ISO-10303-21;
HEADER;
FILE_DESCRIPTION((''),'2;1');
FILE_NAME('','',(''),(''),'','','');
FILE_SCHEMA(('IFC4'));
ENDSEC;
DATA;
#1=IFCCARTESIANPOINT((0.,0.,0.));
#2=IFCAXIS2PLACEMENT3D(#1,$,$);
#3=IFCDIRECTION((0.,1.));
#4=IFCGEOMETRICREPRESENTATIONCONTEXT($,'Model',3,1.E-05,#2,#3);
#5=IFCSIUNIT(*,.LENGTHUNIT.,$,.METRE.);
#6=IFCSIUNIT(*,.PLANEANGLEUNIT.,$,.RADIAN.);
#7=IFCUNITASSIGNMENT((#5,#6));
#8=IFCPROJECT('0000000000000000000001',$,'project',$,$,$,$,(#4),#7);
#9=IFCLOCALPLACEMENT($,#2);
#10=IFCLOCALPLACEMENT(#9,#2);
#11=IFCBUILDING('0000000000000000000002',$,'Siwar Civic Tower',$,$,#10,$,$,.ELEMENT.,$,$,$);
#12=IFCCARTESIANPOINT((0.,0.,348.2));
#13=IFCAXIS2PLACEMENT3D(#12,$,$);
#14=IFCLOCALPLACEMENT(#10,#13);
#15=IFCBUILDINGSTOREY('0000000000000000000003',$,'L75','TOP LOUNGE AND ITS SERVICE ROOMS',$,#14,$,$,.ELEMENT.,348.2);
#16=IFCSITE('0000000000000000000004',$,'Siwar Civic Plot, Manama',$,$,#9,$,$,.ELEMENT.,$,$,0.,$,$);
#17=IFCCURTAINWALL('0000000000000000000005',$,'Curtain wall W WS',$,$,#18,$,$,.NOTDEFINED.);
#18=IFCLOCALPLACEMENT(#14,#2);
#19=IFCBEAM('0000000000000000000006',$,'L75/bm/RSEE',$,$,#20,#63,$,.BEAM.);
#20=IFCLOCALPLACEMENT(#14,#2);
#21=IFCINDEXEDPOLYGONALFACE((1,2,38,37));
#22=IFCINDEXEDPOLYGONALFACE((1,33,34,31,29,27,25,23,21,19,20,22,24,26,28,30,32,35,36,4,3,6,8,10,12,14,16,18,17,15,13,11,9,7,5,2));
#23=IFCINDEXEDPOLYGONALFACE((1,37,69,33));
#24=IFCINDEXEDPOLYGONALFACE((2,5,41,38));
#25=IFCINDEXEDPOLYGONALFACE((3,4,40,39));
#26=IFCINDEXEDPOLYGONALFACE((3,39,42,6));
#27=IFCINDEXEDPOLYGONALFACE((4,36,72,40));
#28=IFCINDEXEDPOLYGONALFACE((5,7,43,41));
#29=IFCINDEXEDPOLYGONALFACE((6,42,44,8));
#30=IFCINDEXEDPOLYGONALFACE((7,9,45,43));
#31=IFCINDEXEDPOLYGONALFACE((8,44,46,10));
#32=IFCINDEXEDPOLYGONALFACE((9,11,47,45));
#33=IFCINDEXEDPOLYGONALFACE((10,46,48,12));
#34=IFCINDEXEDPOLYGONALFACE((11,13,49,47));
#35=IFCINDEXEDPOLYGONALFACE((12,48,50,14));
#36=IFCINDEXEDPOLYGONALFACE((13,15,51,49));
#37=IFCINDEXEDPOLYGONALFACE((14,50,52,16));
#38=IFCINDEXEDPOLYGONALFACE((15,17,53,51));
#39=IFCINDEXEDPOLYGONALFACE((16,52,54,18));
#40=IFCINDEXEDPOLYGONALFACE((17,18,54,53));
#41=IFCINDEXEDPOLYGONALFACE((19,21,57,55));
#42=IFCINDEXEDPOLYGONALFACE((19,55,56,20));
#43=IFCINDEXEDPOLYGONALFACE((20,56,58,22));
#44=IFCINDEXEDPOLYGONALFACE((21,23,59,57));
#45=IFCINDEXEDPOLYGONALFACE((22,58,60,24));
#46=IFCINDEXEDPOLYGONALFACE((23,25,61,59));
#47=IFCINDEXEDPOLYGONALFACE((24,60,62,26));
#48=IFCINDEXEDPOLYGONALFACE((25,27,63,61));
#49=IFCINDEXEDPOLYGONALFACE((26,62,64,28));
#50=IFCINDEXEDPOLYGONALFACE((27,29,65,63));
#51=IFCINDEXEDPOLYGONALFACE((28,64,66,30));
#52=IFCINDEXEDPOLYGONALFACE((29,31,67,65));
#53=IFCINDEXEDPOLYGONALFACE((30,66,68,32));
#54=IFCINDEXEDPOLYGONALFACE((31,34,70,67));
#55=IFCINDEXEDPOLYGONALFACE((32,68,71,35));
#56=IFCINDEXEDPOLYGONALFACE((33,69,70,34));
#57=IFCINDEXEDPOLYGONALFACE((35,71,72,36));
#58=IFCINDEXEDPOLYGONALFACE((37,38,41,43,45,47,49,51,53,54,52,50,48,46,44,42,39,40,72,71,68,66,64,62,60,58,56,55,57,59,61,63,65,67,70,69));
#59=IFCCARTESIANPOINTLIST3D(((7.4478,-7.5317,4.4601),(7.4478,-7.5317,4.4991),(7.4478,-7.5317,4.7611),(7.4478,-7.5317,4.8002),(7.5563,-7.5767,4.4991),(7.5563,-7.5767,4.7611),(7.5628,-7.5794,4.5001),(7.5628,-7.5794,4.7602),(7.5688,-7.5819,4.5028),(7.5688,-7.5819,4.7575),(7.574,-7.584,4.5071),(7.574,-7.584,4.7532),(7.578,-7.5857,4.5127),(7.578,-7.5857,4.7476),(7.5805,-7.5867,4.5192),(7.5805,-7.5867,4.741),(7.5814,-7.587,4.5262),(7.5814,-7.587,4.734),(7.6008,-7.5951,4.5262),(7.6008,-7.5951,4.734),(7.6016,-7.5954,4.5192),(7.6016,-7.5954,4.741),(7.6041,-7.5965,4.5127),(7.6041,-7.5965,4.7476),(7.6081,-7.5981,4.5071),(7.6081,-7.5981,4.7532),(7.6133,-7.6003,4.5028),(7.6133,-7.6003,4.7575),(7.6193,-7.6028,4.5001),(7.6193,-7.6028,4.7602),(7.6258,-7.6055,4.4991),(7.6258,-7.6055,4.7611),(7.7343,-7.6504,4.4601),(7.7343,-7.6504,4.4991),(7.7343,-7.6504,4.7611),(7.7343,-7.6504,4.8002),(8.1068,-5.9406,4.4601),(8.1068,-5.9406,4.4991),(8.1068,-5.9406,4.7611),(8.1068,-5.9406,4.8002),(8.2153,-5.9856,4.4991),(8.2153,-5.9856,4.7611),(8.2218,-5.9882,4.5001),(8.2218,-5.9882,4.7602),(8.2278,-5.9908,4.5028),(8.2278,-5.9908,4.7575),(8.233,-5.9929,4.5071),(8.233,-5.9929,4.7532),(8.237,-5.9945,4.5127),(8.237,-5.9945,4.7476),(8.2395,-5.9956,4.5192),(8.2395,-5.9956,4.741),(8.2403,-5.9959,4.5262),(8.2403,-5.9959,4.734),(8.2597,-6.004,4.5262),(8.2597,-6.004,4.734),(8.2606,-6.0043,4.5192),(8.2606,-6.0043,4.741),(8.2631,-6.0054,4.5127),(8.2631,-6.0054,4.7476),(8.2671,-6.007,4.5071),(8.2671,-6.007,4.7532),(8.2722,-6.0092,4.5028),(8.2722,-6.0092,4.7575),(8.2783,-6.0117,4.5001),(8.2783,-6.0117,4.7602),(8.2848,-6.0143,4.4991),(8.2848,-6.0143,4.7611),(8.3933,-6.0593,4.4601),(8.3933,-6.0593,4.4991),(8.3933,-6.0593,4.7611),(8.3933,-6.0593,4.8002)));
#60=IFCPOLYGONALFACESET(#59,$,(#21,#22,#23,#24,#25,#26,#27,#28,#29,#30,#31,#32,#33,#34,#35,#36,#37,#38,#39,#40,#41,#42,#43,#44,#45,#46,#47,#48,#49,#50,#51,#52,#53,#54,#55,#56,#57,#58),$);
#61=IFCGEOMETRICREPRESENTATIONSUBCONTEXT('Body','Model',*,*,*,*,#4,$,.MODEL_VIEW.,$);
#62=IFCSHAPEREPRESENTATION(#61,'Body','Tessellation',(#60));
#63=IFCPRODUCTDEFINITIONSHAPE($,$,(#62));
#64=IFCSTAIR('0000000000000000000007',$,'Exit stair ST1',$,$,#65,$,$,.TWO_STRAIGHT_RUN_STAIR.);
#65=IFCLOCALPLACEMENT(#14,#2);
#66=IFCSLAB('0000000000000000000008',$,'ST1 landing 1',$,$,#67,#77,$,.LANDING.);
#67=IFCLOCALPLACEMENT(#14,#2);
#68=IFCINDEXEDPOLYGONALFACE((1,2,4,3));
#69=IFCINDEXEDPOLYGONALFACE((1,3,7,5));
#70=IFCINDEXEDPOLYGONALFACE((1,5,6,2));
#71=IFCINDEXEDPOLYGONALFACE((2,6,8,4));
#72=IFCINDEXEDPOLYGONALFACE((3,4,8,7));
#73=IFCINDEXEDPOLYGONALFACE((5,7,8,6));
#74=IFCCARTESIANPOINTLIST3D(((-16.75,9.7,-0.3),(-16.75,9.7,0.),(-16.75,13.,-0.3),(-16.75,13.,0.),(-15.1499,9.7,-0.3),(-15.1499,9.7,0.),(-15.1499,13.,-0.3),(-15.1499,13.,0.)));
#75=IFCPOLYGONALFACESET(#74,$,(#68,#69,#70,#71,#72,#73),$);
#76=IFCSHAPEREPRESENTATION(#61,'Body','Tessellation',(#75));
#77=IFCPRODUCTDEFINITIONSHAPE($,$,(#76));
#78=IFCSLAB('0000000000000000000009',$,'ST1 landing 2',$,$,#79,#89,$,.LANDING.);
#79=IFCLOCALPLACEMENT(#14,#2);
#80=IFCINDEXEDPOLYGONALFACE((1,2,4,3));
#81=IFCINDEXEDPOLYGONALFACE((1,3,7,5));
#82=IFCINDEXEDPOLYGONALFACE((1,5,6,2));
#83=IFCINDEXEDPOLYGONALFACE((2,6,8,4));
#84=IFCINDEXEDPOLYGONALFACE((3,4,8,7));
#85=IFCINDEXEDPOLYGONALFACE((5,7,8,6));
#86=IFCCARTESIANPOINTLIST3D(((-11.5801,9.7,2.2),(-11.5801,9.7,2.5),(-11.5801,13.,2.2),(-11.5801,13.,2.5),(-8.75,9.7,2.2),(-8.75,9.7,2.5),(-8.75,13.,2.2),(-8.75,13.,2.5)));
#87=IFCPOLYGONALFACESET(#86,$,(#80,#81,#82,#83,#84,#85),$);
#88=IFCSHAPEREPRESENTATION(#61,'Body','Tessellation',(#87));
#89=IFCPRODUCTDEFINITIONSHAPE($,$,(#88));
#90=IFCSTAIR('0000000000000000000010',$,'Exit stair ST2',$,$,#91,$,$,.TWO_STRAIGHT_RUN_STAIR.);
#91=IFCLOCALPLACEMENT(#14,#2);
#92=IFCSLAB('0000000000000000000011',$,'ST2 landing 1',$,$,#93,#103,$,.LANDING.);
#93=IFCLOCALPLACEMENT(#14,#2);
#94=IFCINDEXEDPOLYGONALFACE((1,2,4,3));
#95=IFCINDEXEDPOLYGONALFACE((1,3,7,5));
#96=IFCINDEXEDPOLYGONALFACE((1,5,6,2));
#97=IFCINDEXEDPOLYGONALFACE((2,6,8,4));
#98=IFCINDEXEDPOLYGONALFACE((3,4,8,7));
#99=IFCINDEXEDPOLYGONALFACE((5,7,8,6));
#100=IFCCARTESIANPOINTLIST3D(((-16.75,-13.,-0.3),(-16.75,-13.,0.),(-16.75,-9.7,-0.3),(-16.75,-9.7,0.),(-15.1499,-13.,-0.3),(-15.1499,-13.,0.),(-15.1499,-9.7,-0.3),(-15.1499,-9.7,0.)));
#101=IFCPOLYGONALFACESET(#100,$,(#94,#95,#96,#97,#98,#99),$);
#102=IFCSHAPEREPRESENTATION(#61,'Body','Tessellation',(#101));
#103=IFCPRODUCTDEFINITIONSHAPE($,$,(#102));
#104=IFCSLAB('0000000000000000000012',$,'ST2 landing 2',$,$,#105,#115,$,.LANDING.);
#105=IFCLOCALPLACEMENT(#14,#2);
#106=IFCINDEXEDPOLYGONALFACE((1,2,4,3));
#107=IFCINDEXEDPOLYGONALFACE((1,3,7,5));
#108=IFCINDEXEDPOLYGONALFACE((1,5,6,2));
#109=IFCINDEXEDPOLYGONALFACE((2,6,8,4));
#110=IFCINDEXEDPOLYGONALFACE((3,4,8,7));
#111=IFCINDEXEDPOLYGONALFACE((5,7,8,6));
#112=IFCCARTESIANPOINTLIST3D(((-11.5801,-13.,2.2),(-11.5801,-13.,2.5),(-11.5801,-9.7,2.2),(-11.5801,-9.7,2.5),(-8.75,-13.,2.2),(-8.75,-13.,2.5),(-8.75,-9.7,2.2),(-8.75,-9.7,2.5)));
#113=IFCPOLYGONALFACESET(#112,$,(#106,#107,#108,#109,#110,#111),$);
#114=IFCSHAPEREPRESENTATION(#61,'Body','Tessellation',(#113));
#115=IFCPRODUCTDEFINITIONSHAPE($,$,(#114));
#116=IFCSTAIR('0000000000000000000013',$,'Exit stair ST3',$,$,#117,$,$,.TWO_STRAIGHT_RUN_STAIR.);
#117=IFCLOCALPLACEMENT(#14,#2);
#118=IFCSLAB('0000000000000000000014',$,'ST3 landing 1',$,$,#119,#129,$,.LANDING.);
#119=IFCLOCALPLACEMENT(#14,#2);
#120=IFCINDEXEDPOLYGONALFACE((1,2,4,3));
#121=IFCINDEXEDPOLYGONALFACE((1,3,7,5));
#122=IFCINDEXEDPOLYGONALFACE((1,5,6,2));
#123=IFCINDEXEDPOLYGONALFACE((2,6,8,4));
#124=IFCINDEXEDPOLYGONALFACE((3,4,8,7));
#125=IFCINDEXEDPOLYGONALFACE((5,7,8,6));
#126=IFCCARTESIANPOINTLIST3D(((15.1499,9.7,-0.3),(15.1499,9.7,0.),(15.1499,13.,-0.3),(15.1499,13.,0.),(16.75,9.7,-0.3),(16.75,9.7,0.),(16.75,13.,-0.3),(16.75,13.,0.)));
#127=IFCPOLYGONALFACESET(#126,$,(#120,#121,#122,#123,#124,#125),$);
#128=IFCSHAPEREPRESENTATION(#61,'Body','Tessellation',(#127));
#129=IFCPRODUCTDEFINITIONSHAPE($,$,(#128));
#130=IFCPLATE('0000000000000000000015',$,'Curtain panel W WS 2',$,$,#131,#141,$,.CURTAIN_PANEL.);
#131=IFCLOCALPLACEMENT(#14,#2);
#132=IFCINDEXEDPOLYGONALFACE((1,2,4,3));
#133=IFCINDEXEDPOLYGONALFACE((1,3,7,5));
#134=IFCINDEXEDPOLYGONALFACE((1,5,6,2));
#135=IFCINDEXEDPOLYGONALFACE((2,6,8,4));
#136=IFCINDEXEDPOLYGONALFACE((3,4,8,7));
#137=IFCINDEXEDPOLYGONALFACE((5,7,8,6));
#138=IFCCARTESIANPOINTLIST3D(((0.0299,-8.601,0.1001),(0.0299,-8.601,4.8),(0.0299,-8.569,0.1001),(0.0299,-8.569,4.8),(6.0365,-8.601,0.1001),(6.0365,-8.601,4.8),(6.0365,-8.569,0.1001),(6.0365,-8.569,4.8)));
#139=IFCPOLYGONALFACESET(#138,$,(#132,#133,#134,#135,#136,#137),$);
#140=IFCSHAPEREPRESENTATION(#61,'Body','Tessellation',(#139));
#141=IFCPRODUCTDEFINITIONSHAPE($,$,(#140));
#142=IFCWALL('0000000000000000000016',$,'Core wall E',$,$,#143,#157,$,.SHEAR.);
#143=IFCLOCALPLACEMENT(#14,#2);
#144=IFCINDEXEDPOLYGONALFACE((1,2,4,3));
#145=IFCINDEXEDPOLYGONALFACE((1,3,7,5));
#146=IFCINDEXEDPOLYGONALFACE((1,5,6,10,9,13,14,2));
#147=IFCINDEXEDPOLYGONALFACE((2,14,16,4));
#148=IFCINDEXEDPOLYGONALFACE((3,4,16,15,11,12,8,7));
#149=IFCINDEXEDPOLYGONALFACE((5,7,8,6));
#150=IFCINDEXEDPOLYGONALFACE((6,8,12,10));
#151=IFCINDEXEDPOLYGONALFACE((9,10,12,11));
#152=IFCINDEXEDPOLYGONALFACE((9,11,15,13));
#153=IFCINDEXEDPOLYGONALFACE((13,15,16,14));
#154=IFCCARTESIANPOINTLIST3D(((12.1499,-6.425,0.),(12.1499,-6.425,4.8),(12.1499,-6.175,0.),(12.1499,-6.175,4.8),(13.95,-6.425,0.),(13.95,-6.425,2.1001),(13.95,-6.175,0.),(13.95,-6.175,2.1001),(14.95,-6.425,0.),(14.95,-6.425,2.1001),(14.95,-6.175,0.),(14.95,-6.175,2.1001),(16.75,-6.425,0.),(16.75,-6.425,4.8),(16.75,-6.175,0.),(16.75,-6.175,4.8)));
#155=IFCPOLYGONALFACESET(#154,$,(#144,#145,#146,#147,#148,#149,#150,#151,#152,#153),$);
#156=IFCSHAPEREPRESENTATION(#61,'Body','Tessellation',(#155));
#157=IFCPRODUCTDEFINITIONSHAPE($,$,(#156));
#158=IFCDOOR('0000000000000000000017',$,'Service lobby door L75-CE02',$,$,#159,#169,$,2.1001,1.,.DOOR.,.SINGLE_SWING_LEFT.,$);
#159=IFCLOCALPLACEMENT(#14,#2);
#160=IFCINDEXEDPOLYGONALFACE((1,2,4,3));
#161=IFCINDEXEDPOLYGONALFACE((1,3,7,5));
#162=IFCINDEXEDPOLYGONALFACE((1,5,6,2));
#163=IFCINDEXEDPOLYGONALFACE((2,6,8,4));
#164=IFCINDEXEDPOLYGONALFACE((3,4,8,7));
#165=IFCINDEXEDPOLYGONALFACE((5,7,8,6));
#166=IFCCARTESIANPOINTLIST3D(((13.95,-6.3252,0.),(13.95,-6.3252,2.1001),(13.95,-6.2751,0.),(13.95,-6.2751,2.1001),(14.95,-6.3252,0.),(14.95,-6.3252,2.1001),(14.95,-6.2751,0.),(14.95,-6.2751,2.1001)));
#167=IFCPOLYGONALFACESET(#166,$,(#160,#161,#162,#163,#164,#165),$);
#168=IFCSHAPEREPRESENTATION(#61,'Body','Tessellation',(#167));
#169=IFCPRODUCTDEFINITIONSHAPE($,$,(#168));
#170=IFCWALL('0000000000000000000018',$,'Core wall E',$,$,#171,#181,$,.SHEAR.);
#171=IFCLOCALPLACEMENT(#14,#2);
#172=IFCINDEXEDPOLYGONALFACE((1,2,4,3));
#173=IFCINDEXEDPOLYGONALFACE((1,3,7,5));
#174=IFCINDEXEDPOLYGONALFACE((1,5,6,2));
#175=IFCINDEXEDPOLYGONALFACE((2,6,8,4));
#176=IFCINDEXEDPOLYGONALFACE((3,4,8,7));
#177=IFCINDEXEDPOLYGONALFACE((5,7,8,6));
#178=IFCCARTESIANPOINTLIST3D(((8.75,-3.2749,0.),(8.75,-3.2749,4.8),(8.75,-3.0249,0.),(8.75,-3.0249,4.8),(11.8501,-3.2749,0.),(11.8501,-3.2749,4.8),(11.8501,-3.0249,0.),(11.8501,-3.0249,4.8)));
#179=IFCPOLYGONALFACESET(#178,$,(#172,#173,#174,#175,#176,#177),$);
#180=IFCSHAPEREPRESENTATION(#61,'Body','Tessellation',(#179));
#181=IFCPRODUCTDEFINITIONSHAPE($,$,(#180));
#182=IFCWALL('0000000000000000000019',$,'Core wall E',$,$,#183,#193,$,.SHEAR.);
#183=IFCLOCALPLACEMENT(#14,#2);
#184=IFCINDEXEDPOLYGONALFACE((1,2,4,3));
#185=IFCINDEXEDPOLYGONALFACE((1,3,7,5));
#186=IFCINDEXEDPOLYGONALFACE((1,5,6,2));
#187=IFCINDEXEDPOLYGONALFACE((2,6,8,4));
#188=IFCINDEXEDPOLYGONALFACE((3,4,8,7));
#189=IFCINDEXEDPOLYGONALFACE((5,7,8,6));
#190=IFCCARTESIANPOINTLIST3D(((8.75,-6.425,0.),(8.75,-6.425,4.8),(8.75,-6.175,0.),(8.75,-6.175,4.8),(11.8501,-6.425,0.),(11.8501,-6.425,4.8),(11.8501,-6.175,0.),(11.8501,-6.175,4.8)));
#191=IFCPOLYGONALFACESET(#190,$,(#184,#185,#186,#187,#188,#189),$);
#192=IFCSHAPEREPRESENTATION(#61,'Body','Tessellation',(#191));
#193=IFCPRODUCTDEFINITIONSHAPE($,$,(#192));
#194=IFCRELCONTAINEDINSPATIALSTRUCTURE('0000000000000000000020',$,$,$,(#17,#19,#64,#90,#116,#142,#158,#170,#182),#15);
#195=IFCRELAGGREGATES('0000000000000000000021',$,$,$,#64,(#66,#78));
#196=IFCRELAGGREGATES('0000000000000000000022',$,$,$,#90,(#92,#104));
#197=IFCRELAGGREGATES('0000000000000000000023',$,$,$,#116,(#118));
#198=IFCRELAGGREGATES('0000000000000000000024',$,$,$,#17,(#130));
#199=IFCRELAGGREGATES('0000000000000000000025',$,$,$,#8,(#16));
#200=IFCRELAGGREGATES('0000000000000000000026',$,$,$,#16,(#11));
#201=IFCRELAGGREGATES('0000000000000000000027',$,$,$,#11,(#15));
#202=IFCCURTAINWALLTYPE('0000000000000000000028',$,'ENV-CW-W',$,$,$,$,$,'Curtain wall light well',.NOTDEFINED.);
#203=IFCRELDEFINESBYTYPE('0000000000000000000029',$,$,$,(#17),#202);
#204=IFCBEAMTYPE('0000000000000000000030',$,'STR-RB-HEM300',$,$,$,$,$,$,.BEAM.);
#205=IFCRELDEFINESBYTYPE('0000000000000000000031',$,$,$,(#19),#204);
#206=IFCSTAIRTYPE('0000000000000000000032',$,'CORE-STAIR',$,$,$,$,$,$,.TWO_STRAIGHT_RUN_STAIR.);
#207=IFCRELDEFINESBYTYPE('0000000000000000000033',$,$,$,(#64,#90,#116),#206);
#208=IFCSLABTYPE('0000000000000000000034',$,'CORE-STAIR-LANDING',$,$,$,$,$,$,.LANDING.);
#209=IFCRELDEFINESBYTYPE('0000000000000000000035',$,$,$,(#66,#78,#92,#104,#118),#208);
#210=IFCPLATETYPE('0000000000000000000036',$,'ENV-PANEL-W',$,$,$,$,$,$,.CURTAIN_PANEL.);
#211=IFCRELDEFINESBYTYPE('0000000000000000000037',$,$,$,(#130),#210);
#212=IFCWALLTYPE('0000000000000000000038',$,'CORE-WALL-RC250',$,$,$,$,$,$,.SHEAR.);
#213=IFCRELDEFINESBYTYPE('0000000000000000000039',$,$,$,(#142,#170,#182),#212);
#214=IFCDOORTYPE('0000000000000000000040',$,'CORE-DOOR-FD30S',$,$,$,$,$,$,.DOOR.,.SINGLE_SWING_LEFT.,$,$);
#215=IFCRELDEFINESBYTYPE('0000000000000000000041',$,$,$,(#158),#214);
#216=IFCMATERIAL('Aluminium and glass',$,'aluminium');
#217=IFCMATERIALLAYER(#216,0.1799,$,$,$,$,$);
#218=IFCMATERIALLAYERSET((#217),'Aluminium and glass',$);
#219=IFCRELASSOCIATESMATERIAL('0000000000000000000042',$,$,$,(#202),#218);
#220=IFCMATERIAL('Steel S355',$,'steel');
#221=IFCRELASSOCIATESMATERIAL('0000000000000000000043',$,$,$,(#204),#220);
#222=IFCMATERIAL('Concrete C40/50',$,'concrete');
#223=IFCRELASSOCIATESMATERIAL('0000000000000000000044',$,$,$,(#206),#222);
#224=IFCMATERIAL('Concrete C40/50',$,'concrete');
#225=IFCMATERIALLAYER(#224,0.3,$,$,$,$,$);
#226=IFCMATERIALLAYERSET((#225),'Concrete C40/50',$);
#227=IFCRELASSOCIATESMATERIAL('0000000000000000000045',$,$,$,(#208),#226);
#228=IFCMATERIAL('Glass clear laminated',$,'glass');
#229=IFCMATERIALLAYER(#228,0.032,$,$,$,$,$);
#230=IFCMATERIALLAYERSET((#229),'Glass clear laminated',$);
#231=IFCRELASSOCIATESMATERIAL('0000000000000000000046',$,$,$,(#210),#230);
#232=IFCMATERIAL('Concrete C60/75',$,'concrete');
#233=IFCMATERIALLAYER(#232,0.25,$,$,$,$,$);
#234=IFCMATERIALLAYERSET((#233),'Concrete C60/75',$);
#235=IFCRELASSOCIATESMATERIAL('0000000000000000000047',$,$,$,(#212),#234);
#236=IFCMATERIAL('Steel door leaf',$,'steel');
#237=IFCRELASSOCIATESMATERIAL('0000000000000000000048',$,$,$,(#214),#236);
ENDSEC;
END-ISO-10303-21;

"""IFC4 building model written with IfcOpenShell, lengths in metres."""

from ifc_helpers import new_model, si_unit, direction, frame, frame_2d, origin, origin_2d, place, context, subcontext, project, spatial, polyline, rectangle, i_section, outline, extrude, material, layer, layer_set, material_profile, profile_set, type_object, element, fill, aggregate, save


model = new_model("IFC4")

# Units and contexts
model_context = context("Model", 3, precision=1e-05, world=origin(), true_north=direction((0.0, 1.0)))
body_context = subcontext(model_context, "Body", "Model", "MODEL_VIEW")
ifc_project = project(units=[si_unit("LENGTHUNIT", "METRE"), si_unit("PLANEANGLEUNIT", "RADIAN")], contexts=[model_context])

# Site, building, storey
site_placement = place(None, origin())
site = spatial("IfcSite", under=ifc_project, at=site_placement, Name="Siwar Civic Plot, Manama", CompositionType="ELEMENT", RefElevation=0.0)
building_placement = place(site_placement, origin())
building = spatial("IfcBuilding", under=site, at=building_placement, Name="Siwar Civic Tower", CompositionType="ELEMENT")
storey_placement = place(building_placement, frame((0.0, 0.0, 348.2)))
storey = spatial("IfcBuildingStorey", under=building, at=storey_placement, Name="L75", Description="TOP LOUNGE AND ITS SERVICE ROOMS", CompositionType="ELEMENT", Elevation=348.2)

# Curtain wall
ifc_material_1 = material(Name="Aluminium and glass", Category="aluminium")
ifc_layer_1 = layer(ifc_material_1, 0.1799)
ifc_layer_set_1 = layer_set([ifc_layer_1], Name="Aluminium and glass")
curtain_wall_type = type_object("IfcCurtainWallType", Name="ENV-CW-W", ElementType="Curtain wall light well", PredefinedType="NOTDEFINED", material=ifc_layer_set_1)
curtain_wall_placement = place(storey_placement, origin())
curtain_wall = element("IfcCurtainWall", 1, at=curtain_wall_placement, inside=storey, type_object=curtain_wall_type, Name="Curtain wall W WS", PredefinedType="NOTDEFINED")

# Beam
ifc_material_2 = material(Name="Steel S355", Category="steel")
ifc_material_profile_1 = material_profile(ifc_material_2, i_section(OverallWidth=0.3101, OverallDepth=0.3401, WebThickness=0.021, FlangeThickness=0.0391, FilletRadius=0.0271, at=origin_2d()), Name="HEM300")
ifc_profile_set_1 = profile_set([ifc_material_profile_1], Name="Steel S355")
beam_type = type_object("IfcBeamType", Name="STR-RB-HEM300", PredefinedType="BEAM", material=ifc_profile_set_1)
for number, where, z_axis, x_axis, name in (
    (2, (7.5911, -7.5911, 4.6301), (0.382631, 0.923901, 0.0), (-0.923901, 0.382631, 0.0), "L75/bm/RSEE"),
):
    element("IfcBeam", number, at=place(storey_placement, frame(where, z_axis=z_axis, x_axis=x_axis)), inside=storey, type_object=beam_type, Name=name, PredefinedType="BEAM", context=body_context, shape_type="SweptSolid", body=[
        extrude(i_section(OverallWidth=0.3101, OverallDepth=0.3401, WebThickness=0.021, FlangeThickness=0.0391, FilletRadius=0.0271, at=origin_2d()), origin(), (0.0, 0.0, 1.0), 1.7222),
    ])

# Stairs, slabs
ifc_material_3 = material(Name="Concrete C40/50", Category="concrete")
stair_type = type_object("IfcStairType", Name="CORE-STAIR", PredefinedType="TWO_STRAIGHT_RUN_STAIR", material=ifc_material_3)
stair_1_placement = place(storey_placement, origin())
stair_1 = element("IfcStair", 3, at=stair_1_placement, inside=storey, type_object=stair_type, Name="Exit stair ST1", PredefinedType="TWO_STRAIGHT_RUN_STAIR")
ifc_material_4 = material(Name="Concrete C40/50", Category="concrete")
ifc_layer_2 = layer(ifc_material_4, 0.3)
ifc_layer_set_2 = layer_set([ifc_layer_2], Name="Concrete C40/50")
slab_type = type_object("IfcSlabType", Name="CORE-STAIR-LANDING", PredefinedType="LANDING", material=ifc_layer_set_2)
slab_1_placement = place(storey_placement, frame((0.0, 0.0, -0.3)))
slab_1 = element("IfcSlab", 4, at=slab_1_placement, type_object=slab_type, Name="ST1 landing 1", PredefinedType="LANDING", context=body_context, shape_type="SweptSolid", body=[
    extrude(outline(polyline([(-15.1499, 13.0), (-16.75, 13.0), (-16.75, 9.7), (-15.1499, 9.7), (-15.1499, 13.0)])), origin(), (0.0, 0.0, 1.0), 0.3),
])
slab_2_placement = place(storey_placement, frame((0.0, 0.0, 2.2)))
slab_2 = element("IfcSlab", 5, at=slab_2_placement, type_object=slab_type, Name="ST1 landing 2", PredefinedType="LANDING", context=body_context, shape_type="SweptSolid", body=[
    extrude(outline(polyline([(-8.75, 13.0), (-11.5801, 13.0), (-11.5801, 9.7), (-8.75, 9.7), (-8.75, 13.0)])), origin(), (0.0, 0.0, 1.0), 0.3),
])
aggregate(stair_1, [slab_1, slab_2])
stair_2_placement = place(storey_placement, origin())
stair_2 = element("IfcStair", 6, at=stair_2_placement, inside=storey, type_object=stair_type, Name="Exit stair ST2", PredefinedType="TWO_STRAIGHT_RUN_STAIR")
slab_3_placement = place(storey_placement, frame((0.0, 0.0, -0.3)))
slab_3 = element("IfcSlab", 7, at=slab_3_placement, type_object=slab_type, Name="ST2 landing 1", PredefinedType="LANDING", context=body_context, shape_type="SweptSolid", body=[
    extrude(outline(polyline([(-15.1499, -9.7), (-16.75, -9.7), (-16.75, -13.0), (-15.1499, -13.0), (-15.1499, -9.7)])), origin(), (0.0, 0.0, 1.0), 0.3),
])
slab_4_placement = place(storey_placement, frame((0.0, 0.0, 2.2)))
slab_4 = element("IfcSlab", 8, at=slab_4_placement, type_object=slab_type, Name="ST2 landing 2", PredefinedType="LANDING", context=body_context, shape_type="SweptSolid", body=[
    extrude(outline(polyline([(-8.75, -9.7), (-11.5801, -9.7), (-11.5801, -13.0), (-8.75, -13.0), (-8.75, -9.7)])), origin(), (0.0, 0.0, 1.0), 0.3),
])
aggregate(stair_2, [slab_3, slab_4])

# Stair, slab
stair_3_placement = place(storey_placement, origin())
stair_3 = element("IfcStair", 9, at=stair_3_placement, inside=storey, type_object=stair_type, Name="Exit stair ST3", PredefinedType="TWO_STRAIGHT_RUN_STAIR")
slab_5_placement = place(storey_placement, frame((0.0, 0.0, -0.3)))
slab_5 = element("IfcSlab", 10, at=slab_5_placement, type_object=slab_type, Name="ST3 landing 1", PredefinedType="LANDING", context=body_context, shape_type="SweptSolid", body=[
    extrude(outline(polyline([(15.1499, 9.7), (16.75, 9.7), (16.75, 13.0), (15.1499, 13.0), (15.1499, 9.7)])), origin(), (0.0, 0.0, 1.0), 0.3),
])
aggregate(stair_3, [slab_5])

# Plate
ifc_material_5 = material(Name="Glass clear laminated", Category="glass")
ifc_layer_3 = layer(ifc_material_5, 0.032)
ifc_layer_set_3 = layer_set([ifc_layer_3], Name="Glass clear laminated")
plate_type = type_object("IfcPlateType", Name="ENV-PANEL-W", PredefinedType="CURTAIN_PANEL", material=ifc_layer_set_3)
plate_placement = place(storey_placement, frame((3.0332, -8.585, 0.1001), z_axis=(0.0, 0.0, 1.0), x_axis=(1.0, 0.0, 0.0)))
plate = element("IfcPlate", 11, at=plate_placement, type_object=plate_type, Name="Curtain panel W WS 2", PredefinedType="CURTAIN_PANEL", context=body_context, shape_type="SweptSolid", body=[
    extrude(rectangle(XDim=6.0066, YDim=0.032, at=origin_2d()), origin(), (0.0, 0.0, 1.0), 4.7),
])
aggregate(curtain_wall, [plate])

# Wall, opening, door
ifc_material_6 = material(Name="Concrete C60/75", Category="concrete")
ifc_layer_4 = layer(ifc_material_6, 0.25)
ifc_layer_set_4 = layer_set([ifc_layer_4], Name="Concrete C60/75")
wall_type_1 = type_object("IfcWallType", Name="CORE-WALL-RC250", PredefinedType="SHEAR", material=ifc_layer_set_4)
wall_1_placement = place(storey_placement, frame((12.1499, -6.3, 0.0), z_axis=(0.0, 0.0, 1.0), x_axis=(1.0, 0.0, 0.0)))
wall_1 = element("IfcWall", 12, at=wall_1_placement, inside=storey, type_object=wall_type_1, Name="Core wall E", PredefinedType="SHEAR", context=body_context, shape_type="SweptSolid", body=[
    extrude(rectangle(XDim=4.6001, YDim=0.25, at=frame_2d((2.3, 0.0))), origin(), (0.0, 0.0, 1.0), 4.8),
])
opening_1_placement = place(wall_1_placement, frame((1.8, 0.0, 0.0)))
opening_1 = element("IfcOpeningElement", 13, at=opening_1_placement, cuts=wall_1, PredefinedType="OPENING", context=body_context, shape_type="SweptSolid", body=[
    extrude(rectangle(XDim=1.0, YDim=2.1001, at=frame_2d((0.5, 1.05))), frame((0.0, 0.135, 0.0), z_axis=(0.0, -1.0, 0.0), x_axis=(1.0, 0.0, 0.0)), (0.0, 0.0, 1.0), 0.27),
])
ifc_material_7 = material(Name="Steel door leaf", Category="steel")
door_type_1 = type_object("IfcDoorType", Name="CORE-DOOR-FD30S", OperationType="SINGLE_SWING_LEFT", PredefinedType="DOOR", material=ifc_material_7)
door_1_placement = place(opening_1_placement, origin())
door_1 = element("IfcDoor", 14, at=door_1_placement, inside=storey, type_object=door_type_1, Name="Service lobby door L75-CE02", OperationType="SINGLE_SWING_LEFT", OverallHeight=2.1001, OverallWidth=1.0, PredefinedType="DOOR", context=body_context, shape_type="SweptSolid", body=[
    extrude(rectangle(XDim=1.0, YDim=2.1001, at=frame_2d((0.5, 1.05))), frame((0.0, 0.0249, 0.0), z_axis=(0.0, -1.0, 0.0), x_axis=(1.0, 0.0, 0.0)), (0.0, 0.0, 1.0), 0.05),
])
fill(opening_1, door_1)

# Walls
for number, where, z_axis, x_axis, name in (
    (15, (8.75, -3.1499, 0.0), (0.0, 0.0, 1.0), (1.0, 0.0, 0.0), "Core wall E"),
    (16, (8.75, -6.3, 0.0), (0.0, 0.0, 1.0), (1.0, 0.0, 0.0), "Core wall E"),
):
    element("IfcWall", number, at=place(storey_placement, frame(where, z_axis=z_axis, x_axis=x_axis)), inside=storey, type_object=wall_type_1, Name=name, PredefinedType="SHEAR", context=body_context, shape_type="SweptSolid", body=[
        extrude(rectangle(XDim=3.1001, YDim=0.25, at=frame_2d((1.55, 0.0))), origin(), (0.0, 0.0, 1.0), 4.8),
    ])

save(model, "model.ifc")
